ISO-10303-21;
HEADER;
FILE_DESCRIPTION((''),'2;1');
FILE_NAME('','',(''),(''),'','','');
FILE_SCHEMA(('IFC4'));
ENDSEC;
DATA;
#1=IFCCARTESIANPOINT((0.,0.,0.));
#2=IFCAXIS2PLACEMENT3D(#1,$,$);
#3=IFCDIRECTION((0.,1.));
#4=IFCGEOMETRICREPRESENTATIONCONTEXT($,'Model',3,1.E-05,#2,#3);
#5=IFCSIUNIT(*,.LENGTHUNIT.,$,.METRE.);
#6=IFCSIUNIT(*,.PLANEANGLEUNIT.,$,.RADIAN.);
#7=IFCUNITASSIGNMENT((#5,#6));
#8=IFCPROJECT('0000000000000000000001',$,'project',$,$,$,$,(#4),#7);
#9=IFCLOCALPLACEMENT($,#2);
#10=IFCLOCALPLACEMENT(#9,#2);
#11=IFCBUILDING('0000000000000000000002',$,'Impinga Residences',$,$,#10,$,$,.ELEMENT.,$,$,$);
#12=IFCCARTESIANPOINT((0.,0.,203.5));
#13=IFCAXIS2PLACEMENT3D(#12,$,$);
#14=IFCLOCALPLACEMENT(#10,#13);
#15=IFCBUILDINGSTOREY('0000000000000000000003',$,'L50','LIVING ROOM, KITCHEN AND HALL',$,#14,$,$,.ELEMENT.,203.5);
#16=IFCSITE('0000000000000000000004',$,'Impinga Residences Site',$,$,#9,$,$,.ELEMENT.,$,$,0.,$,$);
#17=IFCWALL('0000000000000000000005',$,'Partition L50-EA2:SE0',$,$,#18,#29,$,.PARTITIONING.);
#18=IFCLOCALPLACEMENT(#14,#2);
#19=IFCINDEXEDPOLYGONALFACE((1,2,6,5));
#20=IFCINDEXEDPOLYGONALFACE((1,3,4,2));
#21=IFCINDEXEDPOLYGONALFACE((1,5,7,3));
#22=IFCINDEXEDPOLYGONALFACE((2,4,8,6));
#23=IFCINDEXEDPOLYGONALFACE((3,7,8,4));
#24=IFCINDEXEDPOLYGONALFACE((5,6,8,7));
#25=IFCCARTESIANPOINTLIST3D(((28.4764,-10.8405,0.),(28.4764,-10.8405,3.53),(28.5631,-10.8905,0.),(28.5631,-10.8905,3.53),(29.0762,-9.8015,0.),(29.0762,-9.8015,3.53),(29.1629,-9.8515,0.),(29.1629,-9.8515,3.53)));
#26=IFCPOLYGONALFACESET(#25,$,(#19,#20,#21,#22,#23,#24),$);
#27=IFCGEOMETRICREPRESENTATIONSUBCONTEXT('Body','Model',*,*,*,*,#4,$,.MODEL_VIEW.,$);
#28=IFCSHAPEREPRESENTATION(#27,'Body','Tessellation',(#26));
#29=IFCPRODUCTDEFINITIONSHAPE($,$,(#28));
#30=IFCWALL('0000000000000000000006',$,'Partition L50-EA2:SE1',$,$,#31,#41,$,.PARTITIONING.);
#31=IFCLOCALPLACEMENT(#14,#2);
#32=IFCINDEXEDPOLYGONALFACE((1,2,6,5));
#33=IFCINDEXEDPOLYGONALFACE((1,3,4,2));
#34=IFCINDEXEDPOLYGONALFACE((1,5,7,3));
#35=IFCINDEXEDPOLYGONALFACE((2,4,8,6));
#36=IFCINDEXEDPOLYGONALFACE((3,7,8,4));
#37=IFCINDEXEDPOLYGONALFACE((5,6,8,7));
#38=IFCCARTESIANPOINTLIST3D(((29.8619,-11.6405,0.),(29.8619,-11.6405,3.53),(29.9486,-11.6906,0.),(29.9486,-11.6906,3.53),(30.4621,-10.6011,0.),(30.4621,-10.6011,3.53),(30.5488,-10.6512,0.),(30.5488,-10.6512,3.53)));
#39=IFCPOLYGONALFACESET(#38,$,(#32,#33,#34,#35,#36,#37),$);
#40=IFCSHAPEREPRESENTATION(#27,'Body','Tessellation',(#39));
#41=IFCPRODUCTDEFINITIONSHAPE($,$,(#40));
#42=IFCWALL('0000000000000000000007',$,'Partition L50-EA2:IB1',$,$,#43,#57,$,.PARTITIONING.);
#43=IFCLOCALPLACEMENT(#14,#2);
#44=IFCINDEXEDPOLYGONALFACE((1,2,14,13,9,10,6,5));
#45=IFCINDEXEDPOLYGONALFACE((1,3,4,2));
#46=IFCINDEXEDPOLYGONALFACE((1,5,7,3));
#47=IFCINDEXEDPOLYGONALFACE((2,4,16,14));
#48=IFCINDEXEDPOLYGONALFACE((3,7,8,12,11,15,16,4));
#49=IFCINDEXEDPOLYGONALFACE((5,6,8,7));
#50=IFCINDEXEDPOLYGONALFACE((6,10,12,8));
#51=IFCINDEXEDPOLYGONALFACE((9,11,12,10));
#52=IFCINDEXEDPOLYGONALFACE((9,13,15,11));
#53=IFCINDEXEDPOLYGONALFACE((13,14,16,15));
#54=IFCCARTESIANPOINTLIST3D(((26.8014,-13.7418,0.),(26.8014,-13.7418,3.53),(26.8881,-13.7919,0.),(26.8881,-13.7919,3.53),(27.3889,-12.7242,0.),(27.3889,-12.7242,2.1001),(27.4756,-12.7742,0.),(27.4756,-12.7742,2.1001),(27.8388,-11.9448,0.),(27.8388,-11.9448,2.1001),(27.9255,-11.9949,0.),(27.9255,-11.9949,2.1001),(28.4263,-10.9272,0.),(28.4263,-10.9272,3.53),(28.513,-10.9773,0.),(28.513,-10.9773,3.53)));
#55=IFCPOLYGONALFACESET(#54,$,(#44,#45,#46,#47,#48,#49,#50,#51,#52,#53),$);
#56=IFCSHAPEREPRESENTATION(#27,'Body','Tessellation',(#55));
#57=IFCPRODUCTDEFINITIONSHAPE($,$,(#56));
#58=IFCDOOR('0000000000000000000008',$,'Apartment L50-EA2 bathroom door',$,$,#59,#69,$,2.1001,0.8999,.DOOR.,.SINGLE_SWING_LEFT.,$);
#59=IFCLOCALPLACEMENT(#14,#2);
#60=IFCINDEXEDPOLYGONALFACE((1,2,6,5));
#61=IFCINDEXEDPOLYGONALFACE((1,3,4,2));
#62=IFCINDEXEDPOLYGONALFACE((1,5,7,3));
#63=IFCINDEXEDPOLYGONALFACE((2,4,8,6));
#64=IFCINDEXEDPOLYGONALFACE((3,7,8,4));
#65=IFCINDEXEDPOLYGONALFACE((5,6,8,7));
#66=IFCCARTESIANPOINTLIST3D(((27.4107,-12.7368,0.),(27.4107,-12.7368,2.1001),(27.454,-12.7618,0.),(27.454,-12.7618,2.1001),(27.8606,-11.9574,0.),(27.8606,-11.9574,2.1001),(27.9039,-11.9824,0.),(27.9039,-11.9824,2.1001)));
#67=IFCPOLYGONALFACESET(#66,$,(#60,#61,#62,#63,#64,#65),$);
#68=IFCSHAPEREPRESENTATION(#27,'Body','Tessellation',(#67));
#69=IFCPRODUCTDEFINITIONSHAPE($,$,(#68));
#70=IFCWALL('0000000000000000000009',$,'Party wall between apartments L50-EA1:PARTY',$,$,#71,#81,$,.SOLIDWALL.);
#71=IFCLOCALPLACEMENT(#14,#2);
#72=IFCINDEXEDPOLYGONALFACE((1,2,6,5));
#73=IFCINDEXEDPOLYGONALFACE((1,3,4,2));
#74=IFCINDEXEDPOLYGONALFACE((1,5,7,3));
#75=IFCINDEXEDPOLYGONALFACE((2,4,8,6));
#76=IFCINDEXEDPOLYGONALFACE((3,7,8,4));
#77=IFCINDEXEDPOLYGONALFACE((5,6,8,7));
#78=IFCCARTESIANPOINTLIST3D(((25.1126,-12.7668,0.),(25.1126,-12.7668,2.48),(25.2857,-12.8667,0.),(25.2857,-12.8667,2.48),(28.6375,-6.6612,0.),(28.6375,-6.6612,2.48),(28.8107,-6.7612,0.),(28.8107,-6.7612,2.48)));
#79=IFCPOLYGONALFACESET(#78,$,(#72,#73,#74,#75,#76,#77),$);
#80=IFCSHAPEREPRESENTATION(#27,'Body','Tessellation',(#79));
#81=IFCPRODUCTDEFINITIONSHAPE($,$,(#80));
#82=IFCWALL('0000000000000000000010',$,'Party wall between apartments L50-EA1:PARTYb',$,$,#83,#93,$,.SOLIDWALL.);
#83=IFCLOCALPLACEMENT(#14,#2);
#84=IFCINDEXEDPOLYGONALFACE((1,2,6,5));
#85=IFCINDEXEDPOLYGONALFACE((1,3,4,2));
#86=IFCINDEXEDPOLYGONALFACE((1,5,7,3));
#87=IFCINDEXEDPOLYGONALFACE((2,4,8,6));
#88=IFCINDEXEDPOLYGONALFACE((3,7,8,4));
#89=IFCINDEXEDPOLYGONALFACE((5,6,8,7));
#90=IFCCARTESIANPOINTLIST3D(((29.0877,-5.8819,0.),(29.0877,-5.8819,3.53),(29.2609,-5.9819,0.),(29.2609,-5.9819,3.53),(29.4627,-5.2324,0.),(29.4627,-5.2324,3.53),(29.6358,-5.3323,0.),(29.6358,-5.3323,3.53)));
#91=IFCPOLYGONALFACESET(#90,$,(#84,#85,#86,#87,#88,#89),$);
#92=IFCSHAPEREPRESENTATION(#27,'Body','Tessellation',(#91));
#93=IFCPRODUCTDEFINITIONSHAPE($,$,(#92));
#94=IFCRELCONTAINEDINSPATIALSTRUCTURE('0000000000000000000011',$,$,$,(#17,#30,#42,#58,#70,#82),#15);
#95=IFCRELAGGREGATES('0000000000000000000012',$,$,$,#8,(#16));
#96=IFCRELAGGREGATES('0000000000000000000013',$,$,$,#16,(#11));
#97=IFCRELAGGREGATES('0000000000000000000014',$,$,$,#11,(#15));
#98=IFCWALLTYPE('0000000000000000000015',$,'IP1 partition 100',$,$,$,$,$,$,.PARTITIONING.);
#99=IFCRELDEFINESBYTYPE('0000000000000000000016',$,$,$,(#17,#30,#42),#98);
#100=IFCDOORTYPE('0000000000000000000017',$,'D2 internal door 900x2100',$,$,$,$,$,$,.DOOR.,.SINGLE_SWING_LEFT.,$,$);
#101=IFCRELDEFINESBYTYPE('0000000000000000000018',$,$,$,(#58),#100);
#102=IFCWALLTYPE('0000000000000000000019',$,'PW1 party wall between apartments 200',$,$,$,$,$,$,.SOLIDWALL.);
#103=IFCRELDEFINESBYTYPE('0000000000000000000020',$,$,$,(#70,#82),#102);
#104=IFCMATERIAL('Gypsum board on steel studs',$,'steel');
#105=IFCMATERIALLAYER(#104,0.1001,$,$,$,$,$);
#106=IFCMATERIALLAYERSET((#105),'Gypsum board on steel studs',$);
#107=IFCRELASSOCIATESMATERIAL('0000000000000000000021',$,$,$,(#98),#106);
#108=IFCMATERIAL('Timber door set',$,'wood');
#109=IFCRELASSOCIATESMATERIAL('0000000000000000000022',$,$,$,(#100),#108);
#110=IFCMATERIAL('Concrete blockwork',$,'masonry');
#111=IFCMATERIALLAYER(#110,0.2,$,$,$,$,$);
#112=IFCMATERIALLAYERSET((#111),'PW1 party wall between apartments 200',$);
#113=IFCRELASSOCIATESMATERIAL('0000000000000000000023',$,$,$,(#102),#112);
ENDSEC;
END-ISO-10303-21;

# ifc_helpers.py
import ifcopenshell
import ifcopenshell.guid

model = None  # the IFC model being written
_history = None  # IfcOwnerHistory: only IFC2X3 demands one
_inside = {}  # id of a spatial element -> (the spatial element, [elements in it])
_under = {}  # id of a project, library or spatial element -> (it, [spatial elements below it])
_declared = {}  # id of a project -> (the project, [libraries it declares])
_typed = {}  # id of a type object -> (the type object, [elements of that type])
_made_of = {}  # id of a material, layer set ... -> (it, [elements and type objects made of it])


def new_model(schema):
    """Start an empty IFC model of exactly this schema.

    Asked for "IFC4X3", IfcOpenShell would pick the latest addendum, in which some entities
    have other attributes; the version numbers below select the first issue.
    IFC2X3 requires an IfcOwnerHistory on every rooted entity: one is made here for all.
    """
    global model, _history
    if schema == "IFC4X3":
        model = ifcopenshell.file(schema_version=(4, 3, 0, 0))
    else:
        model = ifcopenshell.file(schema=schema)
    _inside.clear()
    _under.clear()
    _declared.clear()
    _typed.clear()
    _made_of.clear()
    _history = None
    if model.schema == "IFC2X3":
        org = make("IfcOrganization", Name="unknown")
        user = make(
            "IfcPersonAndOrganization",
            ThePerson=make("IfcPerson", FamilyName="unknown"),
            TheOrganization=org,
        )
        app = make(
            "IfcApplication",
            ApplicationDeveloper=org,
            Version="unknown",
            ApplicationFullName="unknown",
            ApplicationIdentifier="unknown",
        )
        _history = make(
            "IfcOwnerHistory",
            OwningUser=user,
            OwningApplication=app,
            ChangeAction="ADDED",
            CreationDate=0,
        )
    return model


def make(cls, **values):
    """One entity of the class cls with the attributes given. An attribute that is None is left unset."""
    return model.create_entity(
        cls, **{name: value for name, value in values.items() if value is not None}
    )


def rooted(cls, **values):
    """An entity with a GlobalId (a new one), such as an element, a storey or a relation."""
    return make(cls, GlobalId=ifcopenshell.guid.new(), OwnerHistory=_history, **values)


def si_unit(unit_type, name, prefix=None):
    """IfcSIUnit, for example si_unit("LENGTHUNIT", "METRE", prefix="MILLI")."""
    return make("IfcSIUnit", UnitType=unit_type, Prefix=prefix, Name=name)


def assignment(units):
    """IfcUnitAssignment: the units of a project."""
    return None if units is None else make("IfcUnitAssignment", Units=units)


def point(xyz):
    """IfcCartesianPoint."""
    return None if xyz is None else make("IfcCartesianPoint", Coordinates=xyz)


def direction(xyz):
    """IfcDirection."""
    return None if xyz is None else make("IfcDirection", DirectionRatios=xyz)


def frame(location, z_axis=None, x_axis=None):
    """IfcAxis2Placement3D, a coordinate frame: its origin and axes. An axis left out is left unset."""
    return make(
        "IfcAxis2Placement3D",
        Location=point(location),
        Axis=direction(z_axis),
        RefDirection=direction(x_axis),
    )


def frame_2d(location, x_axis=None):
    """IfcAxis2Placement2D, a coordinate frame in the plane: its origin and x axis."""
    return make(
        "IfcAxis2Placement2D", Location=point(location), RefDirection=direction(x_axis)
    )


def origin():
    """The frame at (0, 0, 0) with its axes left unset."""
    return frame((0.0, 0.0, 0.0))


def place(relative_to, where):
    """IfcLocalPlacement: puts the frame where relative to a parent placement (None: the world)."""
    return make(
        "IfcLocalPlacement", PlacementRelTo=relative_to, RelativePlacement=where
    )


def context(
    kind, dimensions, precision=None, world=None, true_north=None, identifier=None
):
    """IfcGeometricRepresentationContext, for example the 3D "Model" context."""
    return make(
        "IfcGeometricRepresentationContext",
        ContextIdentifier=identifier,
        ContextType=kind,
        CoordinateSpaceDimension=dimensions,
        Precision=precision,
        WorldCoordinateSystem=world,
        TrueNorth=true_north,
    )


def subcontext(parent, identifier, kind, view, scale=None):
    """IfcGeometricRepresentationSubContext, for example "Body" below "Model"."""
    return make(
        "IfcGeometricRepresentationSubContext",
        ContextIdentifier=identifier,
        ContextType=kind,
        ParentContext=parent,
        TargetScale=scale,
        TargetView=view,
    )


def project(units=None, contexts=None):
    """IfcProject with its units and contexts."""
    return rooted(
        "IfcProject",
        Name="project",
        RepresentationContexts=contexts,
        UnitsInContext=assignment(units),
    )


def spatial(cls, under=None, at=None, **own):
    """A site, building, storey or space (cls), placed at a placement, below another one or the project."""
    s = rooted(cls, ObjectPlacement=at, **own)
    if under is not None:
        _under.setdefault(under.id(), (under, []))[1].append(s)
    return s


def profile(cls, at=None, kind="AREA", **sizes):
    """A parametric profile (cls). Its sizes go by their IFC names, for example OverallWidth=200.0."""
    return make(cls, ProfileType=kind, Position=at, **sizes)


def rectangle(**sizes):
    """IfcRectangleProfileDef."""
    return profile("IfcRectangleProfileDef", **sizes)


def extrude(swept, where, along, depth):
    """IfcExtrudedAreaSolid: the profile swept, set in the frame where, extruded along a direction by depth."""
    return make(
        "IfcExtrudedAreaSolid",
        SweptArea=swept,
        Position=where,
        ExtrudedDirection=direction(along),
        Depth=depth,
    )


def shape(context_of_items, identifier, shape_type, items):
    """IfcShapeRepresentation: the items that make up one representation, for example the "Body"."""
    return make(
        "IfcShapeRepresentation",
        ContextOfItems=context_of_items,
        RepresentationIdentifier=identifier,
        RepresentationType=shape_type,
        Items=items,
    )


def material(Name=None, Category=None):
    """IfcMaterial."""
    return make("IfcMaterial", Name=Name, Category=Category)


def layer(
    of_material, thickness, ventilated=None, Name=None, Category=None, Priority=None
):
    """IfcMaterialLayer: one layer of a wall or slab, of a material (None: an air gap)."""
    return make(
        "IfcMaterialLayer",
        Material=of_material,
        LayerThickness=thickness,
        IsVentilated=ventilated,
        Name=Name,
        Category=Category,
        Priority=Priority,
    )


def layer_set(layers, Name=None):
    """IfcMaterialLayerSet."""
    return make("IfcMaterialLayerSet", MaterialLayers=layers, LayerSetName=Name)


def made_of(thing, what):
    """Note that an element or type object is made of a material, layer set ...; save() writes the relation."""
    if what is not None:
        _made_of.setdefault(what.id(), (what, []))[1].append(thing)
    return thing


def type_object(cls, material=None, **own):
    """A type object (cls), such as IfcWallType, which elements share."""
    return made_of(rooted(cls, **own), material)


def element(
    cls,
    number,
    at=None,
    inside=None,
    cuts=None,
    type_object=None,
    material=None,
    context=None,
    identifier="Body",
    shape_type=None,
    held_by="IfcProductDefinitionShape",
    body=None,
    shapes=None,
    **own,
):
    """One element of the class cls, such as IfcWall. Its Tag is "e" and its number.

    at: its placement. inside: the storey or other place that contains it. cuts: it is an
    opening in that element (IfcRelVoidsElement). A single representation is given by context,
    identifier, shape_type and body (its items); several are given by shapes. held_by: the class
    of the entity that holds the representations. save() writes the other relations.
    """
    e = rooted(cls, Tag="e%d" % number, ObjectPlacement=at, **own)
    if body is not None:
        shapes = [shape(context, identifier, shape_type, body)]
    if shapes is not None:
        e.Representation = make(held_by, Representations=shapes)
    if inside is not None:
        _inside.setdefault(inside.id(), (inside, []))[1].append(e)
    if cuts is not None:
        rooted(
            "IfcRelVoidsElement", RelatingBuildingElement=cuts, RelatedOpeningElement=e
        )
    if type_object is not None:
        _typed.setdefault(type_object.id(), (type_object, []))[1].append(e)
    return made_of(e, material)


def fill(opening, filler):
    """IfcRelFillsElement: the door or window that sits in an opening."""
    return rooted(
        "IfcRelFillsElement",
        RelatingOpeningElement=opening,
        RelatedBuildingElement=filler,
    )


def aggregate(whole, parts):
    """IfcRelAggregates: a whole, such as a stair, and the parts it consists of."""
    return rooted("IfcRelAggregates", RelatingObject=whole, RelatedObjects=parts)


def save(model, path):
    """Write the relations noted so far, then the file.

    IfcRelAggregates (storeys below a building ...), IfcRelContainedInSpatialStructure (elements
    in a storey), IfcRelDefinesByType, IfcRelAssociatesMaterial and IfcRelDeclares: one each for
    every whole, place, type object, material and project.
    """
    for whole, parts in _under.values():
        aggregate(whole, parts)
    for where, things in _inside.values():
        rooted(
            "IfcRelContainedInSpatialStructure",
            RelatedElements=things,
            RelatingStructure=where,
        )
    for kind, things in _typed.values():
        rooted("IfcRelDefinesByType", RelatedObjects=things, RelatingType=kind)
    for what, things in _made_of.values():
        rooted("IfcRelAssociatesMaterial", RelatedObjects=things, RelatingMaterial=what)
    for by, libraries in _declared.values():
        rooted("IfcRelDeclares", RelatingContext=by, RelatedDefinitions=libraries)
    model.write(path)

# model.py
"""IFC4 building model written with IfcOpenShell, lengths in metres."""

from ifc_helpers import new_model, si_unit, direction, frame, frame_2d, origin, place, context, subcontext, project, spatial, rectangle, extrude, material, layer, layer_set, type_object, element, fill, save


model = new_model("IFC4")

# Units and contexts
model_context = context("Model", 3, precision=1e-05, world=origin(), true_north=direction((0.0, 1.0)))
body_context = subcontext(model_context, "Body", "Model", "MODEL_VIEW")
ifc_project = project(units=[si_unit("LENGTHUNIT", "METRE"), si_unit("PLANEANGLEUNIT", "RADIAN")], contexts=[model_context])

# Site, building, storey
site_placement = place(None, origin())
site = spatial("IfcSite", under=ifc_project, at=site_placement, Name="Impinga Residences Site", CompositionType="ELEMENT", RefElevation=0.0)
building_placement = place(site_placement, origin())
building = spatial("IfcBuilding", under=site, at=building_placement, Name="Impinga Residences", CompositionType="ELEMENT")
storey_placement = place(building_placement, frame((0.0, 0.0, 203.5)))
storey = spatial("IfcBuildingStorey", under=building, at=storey_placement, Name="L50", Description="LIVING ROOM, KITCHEN AND HALL", CompositionType="ELEMENT", Elevation=203.5)

# Shared definitions
ifc_material_1 = material(Name="Concrete blockwork", Category="masonry")
ifc_material_2 = material(Name="Timber door set", Category="wood")

# Shared definitions
ifc_material_3 = material(Name="Gypsum board on steel studs", Category="steel")
ifc_layer_1 = layer(ifc_material_3, 0.1001)
ifc_layer_set_1 = layer_set([ifc_layer_1], Name="Gypsum board on steel studs")
wall_type_1 = type_object("IfcWallType", Name="IP1 partition 100", PredefinedType="PARTITIONING", material=ifc_layer_set_1)

# Shared definitions
door_type_1 = type_object("IfcDoorType", Name="D2 internal door 900x2100", OperationType="SINGLE_SWING_LEFT", PredefinedType="DOOR", material=ifc_material_2)

# Walls
wall_1_placement = place(storey_placement, frame((28.5198, -10.8655, 0.0), z_axis=(0.0, 0.0, 1.0), x_axis=(0.499969, 0.866043, 0.0)))
element("IfcWall", 1, at=wall_1_placement, inside=storey, type_object=wall_type_1, Name="Partition L50-EA2:SE0", PredefinedType="PARTITIONING", context=body_context, shape_type="SweptSolid", body=[
    extrude(rectangle(XDim=1.1997, YDim=0.1001, at=frame_2d((0.5999, 0.0))), origin(), (0.0, 0.0, 1.0), 3.53),
])
wall_2_placement = place(storey_placement, frame((29.9053, -11.6655, 0.0), z_axis=(0.0, 0.0, 1.0), x_axis=(0.500034, 0.866006, 0.0)))
element("IfcWall", 2, at=wall_2_placement, inside=storey, type_object=wall_type_1, Name="Partition L50-EA2:SE1", PredefinedType="PARTITIONING", context=body_context, shape_type="SweptSolid", body=[
    extrude(rectangle(XDim=1.2002, YDim=0.1001, at=frame_2d((0.6001, 0.0))), origin(), (0.0, 0.0, 1.0), 3.53),
])

# Wall, opening, door
wall_3_placement = place(storey_placement, frame((26.8447, -13.7668, 0.0), z_axis=(0.0, 0.0, 1.0), x_axis=(0.499985, 0.866034, 0.0)))
wall_3 = element("IfcWall", 3, at=wall_3_placement, inside=storey, type_object=wall_type_1, Name="Partition L50-EA2:IB1", PredefinedType="PARTITIONING", context=body_context, shape_type="SweptSolid", body=[
    extrude(rectangle(XDim=3.25, YDim=0.1001, at=frame_2d((1.625, 0.0))), origin(), (0.0, 0.0, 1.0), 3.53),
])
opening_1_placement = place(wall_3_placement, frame((1.175, 0.0, 0.0)))
opening_1 = element("IfcOpeningElement", 4, at=opening_1_placement, cuts=wall_3, PredefinedType="OPENING", context=body_context, shape_type="SweptSolid", body=[
    extrude(rectangle(XDim=0.8999, YDim=2.1001, at=frame_2d((0.45, 1.05))), frame((0.0, 0.0601, 0.0), z_axis=(0.0, -1.0, 0.0), x_axis=(1.0, 0.0, 0.0)), (0.0, 0.0, 1.0), 0.1201),
])
door_1_placement = place(opening_1_placement, origin())
door_1 = element("IfcDoor", 5, at=door_1_placement, inside=storey, type_object=door_type_1, Name="Apartment L50-EA2 bathroom door", OperationType="SINGLE_SWING_LEFT", OverallHeight=2.1001, OverallWidth=0.8999, PredefinedType="DOOR", context=body_context, shape_type="SweptSolid", body=[
    extrude(rectangle(XDim=0.8999, YDim=2.1001, at=frame_2d((0.45, 1.05))), frame((0.0, 0.0249, 0.0), z_axis=(0.0, -1.0, 0.0), x_axis=(1.0, 0.0, 0.0)), (0.0, 0.0, 1.0), 0.05),
])
fill(opening_1, door_1)

# Walls
ifc_layer_2 = layer(ifc_material_1, 0.2)
ifc_layer_set_2 = layer_set([ifc_layer_2], Name="PW1 party wall between apartments 200")
wall_type_2 = type_object("IfcWallType", Name="PW1 party wall between apartments 200", PredefinedType="SOLIDWALL", material=ifc_layer_set_2)
wall_4_placement = place(storey_placement, frame((25.1992, -12.8167, 0.0), z_axis=(0.0, 0.0, 1.0), x_axis=(0.49999, 0.866031, 0.0)))
element("IfcWall", 6, at=wall_4_placement, inside=storey, type_object=wall_type_2, Name="Party wall between apartments L50-EA1:PARTY", PredefinedType="SOLIDWALL", context=body_context, shape_type="SweptSolid", body=[
    extrude(rectangle(XDim=7.05, YDim=0.2, at=frame_2d((3.5249, 0.0))), origin(), (0.0, 0.0, 1.0), 2.48),
])
wall_5_placement = place(storey_placement, frame((29.1743, -5.9319, 0.0), z_axis=(0.0, 0.0, 1.0), x_axis=(0.49992, 0.866072, 0.0)))
element("IfcWall", 7, at=wall_5_placement, inside=storey, type_object=wall_type_2, Name="Party wall between apartments L50-EA1:PARTYb", PredefinedType="SOLIDWALL", context=body_context, shape_type="SweptSolid", body=[
    extrude(rectangle(XDim=0.75, YDim=0.2, at=frame_2d((0.375, 0.0))), origin(), (0.0, 0.0, 1.0), 3.53),
])

save(model, "model.ifc")
